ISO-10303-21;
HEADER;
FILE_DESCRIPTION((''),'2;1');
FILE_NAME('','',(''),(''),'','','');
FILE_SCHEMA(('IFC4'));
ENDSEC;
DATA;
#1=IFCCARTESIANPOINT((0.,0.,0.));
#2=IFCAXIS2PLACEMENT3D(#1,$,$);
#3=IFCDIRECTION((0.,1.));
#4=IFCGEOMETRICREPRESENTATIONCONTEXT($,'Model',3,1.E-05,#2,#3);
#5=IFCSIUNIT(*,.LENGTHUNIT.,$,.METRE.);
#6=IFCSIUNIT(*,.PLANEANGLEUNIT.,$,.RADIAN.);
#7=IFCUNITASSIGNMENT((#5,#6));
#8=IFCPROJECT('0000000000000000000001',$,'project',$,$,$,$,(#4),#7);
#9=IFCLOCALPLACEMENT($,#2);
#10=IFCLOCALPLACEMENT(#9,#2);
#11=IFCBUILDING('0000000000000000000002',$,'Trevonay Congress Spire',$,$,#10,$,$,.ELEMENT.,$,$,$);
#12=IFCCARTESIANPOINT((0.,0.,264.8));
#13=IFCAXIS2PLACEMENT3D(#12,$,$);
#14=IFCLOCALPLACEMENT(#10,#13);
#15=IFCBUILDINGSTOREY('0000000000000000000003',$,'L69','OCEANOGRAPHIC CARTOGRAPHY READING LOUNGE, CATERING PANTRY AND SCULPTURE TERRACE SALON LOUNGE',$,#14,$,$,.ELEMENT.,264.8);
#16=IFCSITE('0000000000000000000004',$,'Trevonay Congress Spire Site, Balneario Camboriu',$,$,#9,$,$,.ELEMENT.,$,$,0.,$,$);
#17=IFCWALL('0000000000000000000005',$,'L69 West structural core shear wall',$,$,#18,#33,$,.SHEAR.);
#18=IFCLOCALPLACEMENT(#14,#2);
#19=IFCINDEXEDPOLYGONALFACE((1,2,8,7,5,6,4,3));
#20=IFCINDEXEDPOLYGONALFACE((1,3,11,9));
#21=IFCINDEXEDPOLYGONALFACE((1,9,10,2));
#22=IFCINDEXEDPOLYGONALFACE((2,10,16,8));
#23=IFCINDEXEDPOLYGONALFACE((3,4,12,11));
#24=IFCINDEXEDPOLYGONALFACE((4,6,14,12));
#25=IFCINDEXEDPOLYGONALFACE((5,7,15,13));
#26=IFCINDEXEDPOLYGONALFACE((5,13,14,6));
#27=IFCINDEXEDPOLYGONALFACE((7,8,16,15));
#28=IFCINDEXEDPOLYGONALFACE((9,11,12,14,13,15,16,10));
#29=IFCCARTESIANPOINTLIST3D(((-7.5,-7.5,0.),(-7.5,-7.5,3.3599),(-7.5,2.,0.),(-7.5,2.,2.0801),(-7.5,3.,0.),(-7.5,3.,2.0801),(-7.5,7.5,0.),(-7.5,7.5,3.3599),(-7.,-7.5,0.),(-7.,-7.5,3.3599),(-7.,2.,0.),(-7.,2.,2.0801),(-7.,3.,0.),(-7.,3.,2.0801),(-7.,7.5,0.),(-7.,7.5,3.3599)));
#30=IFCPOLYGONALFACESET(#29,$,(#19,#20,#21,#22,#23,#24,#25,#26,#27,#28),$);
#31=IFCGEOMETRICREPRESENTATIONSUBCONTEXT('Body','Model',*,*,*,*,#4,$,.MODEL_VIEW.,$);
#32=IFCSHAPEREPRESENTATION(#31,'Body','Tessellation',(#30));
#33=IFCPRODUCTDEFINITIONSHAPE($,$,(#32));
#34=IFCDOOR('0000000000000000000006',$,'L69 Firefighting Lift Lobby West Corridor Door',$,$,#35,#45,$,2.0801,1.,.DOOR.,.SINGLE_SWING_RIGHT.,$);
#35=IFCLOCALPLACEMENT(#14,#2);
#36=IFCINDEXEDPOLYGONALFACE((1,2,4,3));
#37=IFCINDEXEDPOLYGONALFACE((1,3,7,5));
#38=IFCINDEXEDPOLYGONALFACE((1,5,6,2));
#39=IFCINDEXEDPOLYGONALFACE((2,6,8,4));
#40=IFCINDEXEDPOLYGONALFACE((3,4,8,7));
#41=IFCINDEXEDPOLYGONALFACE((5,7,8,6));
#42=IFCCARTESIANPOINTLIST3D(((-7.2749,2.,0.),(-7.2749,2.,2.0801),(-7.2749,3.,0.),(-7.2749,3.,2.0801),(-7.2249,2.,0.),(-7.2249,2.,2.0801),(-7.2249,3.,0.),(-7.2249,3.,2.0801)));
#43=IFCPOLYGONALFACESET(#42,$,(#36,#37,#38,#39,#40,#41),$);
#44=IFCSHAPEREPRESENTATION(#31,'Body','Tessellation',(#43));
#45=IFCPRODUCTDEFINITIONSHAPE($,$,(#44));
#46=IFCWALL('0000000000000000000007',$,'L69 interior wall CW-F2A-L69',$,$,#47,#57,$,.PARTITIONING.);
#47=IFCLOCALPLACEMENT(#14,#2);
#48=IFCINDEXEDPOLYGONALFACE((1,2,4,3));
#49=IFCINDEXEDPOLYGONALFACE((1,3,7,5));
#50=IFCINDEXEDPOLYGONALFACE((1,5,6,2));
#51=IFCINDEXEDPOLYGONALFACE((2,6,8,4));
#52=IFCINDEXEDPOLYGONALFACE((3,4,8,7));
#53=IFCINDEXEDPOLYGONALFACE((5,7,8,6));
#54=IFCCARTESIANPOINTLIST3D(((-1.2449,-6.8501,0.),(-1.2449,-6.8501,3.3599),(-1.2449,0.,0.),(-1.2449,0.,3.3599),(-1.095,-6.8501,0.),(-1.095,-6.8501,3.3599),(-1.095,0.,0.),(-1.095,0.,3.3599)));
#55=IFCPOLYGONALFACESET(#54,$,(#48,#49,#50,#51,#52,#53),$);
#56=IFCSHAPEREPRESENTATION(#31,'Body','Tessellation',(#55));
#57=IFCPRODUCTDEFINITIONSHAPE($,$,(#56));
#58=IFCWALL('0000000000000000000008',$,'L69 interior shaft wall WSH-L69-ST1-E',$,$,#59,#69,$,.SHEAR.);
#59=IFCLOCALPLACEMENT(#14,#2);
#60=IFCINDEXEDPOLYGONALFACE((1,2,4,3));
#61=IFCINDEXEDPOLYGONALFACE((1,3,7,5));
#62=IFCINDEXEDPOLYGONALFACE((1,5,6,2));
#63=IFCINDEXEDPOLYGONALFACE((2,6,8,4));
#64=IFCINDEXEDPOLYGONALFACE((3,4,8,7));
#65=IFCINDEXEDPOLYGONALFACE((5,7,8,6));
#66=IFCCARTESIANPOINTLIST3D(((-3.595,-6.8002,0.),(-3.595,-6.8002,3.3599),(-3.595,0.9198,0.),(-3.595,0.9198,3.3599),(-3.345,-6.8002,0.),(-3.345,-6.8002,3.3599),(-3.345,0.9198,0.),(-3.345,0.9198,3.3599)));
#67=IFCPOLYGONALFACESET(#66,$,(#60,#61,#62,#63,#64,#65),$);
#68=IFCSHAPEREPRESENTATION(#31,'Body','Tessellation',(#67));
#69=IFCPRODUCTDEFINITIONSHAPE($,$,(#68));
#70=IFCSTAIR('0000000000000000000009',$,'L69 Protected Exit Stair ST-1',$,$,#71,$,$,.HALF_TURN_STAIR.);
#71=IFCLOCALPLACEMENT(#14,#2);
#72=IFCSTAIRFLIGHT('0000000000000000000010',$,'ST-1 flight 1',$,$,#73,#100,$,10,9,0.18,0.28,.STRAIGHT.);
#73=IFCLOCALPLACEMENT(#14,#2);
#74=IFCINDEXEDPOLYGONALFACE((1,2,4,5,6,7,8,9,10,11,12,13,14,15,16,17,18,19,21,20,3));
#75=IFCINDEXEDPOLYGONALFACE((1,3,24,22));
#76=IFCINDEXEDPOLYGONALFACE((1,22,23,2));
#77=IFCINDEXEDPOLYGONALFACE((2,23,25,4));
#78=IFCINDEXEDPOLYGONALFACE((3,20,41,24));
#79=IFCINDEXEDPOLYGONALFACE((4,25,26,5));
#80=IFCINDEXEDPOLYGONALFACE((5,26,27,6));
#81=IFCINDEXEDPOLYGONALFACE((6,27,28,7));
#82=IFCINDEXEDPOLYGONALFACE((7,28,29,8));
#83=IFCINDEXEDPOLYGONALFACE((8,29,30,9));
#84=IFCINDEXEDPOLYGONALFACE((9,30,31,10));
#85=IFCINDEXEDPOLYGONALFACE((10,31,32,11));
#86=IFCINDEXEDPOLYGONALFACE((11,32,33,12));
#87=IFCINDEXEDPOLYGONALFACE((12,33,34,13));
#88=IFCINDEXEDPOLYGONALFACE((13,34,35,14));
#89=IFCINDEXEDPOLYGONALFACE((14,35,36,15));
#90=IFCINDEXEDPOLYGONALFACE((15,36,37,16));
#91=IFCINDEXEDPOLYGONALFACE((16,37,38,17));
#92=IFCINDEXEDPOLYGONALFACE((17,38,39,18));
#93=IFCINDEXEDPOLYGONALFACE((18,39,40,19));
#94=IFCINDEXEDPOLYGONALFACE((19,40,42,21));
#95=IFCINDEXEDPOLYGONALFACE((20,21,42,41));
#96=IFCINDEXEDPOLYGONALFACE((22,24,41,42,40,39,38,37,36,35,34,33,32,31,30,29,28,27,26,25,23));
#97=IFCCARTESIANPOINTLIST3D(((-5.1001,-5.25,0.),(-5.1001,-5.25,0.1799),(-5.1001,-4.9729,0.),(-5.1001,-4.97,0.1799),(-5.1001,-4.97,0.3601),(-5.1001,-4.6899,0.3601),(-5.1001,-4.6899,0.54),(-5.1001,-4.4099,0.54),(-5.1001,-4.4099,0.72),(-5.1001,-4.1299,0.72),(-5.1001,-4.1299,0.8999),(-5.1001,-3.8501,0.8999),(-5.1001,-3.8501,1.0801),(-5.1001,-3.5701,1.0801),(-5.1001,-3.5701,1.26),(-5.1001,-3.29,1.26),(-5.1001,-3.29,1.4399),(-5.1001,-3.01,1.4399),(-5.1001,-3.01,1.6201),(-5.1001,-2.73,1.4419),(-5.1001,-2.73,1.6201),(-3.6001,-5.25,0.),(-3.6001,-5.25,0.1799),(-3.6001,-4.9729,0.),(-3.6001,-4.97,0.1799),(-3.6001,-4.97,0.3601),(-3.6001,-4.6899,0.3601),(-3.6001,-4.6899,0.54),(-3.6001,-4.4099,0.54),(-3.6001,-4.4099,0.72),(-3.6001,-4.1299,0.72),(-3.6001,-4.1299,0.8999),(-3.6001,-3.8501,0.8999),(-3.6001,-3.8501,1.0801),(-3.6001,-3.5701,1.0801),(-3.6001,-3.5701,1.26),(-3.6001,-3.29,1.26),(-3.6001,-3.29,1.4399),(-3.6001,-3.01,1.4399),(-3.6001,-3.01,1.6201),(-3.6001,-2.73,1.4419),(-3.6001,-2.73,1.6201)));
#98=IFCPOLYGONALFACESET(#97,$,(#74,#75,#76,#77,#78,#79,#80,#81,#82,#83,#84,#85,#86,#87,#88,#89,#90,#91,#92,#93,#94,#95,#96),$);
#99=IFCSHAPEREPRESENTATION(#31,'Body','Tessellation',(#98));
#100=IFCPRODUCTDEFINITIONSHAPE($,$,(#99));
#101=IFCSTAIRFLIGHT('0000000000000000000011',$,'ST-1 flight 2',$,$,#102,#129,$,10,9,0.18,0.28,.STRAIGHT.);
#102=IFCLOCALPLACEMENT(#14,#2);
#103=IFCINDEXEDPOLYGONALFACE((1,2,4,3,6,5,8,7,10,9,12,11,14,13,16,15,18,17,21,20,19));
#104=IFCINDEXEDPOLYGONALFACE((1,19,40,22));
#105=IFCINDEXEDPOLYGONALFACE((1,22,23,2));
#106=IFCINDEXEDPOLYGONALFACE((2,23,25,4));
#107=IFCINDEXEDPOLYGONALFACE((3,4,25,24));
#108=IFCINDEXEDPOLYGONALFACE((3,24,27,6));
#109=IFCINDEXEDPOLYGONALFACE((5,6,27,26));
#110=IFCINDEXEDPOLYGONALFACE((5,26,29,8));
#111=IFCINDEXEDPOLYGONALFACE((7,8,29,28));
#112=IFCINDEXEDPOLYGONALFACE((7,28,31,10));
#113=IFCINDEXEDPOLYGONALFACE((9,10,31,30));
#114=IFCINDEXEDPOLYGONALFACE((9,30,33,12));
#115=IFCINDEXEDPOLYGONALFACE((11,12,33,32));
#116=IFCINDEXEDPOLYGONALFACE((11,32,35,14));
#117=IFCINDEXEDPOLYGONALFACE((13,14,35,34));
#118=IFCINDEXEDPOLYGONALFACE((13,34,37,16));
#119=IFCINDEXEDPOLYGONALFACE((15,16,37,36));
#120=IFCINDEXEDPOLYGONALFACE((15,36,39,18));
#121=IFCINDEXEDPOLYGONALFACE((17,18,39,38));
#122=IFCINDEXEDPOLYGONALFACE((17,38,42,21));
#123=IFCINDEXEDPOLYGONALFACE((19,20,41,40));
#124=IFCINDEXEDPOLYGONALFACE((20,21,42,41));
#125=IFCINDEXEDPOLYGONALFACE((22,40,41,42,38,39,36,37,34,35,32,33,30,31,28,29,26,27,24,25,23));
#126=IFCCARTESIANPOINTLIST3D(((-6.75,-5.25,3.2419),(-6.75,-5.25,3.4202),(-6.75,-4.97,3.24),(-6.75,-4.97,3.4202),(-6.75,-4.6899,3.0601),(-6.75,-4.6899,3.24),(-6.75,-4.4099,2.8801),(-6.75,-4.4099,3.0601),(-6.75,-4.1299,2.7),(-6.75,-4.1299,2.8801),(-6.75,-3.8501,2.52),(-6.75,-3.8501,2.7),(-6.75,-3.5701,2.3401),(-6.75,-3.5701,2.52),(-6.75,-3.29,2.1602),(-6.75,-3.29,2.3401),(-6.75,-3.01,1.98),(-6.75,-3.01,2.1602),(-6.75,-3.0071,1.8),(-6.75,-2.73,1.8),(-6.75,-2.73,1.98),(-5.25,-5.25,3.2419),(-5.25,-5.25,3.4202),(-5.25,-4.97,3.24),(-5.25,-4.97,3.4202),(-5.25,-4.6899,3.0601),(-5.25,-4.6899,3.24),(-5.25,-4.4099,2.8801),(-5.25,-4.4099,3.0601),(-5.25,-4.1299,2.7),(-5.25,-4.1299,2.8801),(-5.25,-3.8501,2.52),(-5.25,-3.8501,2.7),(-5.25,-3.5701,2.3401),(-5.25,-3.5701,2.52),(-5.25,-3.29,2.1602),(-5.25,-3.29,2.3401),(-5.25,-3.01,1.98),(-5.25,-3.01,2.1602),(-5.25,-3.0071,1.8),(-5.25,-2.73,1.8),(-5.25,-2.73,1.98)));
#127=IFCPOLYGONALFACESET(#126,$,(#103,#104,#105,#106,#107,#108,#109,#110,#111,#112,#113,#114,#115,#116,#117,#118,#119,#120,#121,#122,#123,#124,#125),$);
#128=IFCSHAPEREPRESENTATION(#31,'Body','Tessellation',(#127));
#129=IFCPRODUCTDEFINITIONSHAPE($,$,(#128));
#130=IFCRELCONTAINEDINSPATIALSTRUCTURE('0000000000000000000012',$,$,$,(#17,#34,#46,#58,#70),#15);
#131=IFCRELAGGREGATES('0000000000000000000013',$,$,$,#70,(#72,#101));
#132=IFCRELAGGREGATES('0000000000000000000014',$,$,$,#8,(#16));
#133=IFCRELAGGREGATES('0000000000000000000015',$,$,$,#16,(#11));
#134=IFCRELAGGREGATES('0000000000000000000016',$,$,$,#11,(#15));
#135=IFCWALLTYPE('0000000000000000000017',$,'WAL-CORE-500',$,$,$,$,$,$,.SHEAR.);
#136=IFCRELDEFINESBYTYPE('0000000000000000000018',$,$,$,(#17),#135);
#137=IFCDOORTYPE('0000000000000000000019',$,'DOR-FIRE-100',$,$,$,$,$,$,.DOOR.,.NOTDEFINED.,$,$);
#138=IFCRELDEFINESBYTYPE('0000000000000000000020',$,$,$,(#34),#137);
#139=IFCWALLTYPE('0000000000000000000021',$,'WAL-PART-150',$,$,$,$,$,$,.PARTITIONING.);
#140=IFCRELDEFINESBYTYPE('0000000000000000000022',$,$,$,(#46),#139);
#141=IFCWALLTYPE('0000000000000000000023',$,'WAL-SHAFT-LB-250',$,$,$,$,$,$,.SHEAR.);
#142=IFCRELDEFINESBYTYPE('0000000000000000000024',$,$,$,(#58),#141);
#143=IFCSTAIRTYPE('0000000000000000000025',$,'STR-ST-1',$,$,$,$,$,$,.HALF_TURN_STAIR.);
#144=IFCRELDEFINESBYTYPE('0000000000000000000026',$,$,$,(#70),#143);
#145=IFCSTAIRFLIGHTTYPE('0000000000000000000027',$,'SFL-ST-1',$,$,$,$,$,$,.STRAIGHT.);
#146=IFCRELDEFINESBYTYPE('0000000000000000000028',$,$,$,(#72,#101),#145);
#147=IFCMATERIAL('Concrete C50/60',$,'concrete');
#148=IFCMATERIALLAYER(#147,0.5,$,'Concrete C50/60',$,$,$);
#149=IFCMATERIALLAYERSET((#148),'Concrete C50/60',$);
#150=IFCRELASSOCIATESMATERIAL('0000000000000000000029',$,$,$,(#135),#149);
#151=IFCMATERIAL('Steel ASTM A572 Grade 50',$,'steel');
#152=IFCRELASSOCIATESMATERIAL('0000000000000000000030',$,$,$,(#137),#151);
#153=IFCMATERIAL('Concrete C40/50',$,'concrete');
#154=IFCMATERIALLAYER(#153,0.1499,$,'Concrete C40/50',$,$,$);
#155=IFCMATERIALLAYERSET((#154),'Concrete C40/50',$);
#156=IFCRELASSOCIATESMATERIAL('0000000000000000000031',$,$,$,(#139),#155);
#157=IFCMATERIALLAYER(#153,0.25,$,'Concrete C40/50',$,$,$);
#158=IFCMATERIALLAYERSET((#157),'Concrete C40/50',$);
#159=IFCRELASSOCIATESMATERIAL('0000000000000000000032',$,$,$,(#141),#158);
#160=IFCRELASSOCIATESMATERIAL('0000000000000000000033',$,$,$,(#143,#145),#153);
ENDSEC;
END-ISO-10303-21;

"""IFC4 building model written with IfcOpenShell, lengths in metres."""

from ifc_helpers import new_model, si_unit, direction, frame, frame_2d, origin, place, context, subcontext, project, spatial, polyline, rectangle, outline, extrude, material, layer, layer_set, type_object, element, fill, aggregate, save


model = new_model("IFC4")

# Units and contexts
model_context = context("Model", 3, precision=1e-05, world=origin(), true_north=direction((0.0, 1.0)))
body_context = subcontext(model_context, "Body", "Model", "MODEL_VIEW")
ifc_project = project(units=[si_unit("LENGTHUNIT", "METRE"), si_unit("PLANEANGLEUNIT", "RADIAN")], contexts=[model_context])

# Site, building, storey
site_placement = place(None, origin())
site = spatial("IfcSite", under=ifc_project, at=site_placement, Name="Trevonay Congress Spire Site, Balneario Camboriu", CompositionType="ELEMENT", RefElevation=0.0)
building_placement = place(site_placement, origin())
building = spatial("IfcBuilding", under=site, at=building_placement, Name="Trevonay Congress Spire", CompositionType="ELEMENT")
storey_placement = place(building_placement, frame((0.0, 0.0, 264.8)))
storey = spatial("IfcBuildingStorey", under=building, at=storey_placement, Name="L69", Description="OCEANOGRAPHIC CARTOGRAPHY READING LOUNGE, CATERING PANTRY AND SCULPTURE TERRACE SALON LOUNGE", CompositionType="ELEMENT", Elevation=264.8)

# Shared definitions
ifc_material_1 = material(Name="Steel ASTM A572 Grade 50", Category="steel")

# Shared definitions
ifc_material_2 = material(Name="Concrete C50/60", Category="concrete")
ifc_layer_1 = layer(ifc_material_2, 0.5, Name="Concrete C50/60")
ifc_layer_set_1 = layer_set([ifc_layer_1], Name="Concrete C50/60")
wall_type_1 = type_object("IfcWallType", Name="WAL-CORE-500", PredefinedType="SHEAR", material=ifc_layer_set_1)
door_type_1 = type_object("IfcDoorType", Name="DOR-FIRE-100", OperationType="NOTDEFINED", PredefinedType="DOOR", material=ifc_material_1)

# Wall, opening, door
wall_1_placement = place(storey_placement, frame((-7.25, -7.5, 0.0), z_axis=(0.0, 0.0, 1.0), x_axis=(0.0, 1.0, 0.0)))
wall_1 = element("IfcWall", 1, at=wall_1_placement, inside=storey, type_object=wall_type_1, Name="L69 West structural core shear wall", PredefinedType="SHEAR", context=body_context, shape_type="SweptSolid", body=[
    extrude(rectangle(XDim=15.0, YDim=0.5, at=frame_2d((7.5, 0.0))), origin(), (0.0, 0.0, 1.0), 3.3599),
])
opening_1_placement = place(wall_1_placement, frame((9.5, 0.0, 0.0)))
opening_1 = element("IfcOpeningElement", 2, at=opening_1_placement, cuts=wall_1, PredefinedType="OPENING", context=body_context, shape_type="SweptSolid", body=[
    extrude(rectangle(XDim=1.0, YDim=2.0801, at=frame_2d((0.5, 1.04))), frame((0.0, 0.26, 0.0), z_axis=(0.0, -1.0, 0.0), x_axis=(1.0, 0.0, 0.0)), (0.0, 0.0, 1.0), 0.52),
])
door_1_placement = place(opening_1_placement, origin())
door_1 = element("IfcDoor", 3, at=door_1_placement, inside=storey, type_object=door_type_1, Name="L69 Firefighting Lift Lobby West Corridor Door", OperationType="SINGLE_SWING_RIGHT", OverallHeight=2.0801, OverallWidth=1.0, PredefinedType="DOOR", context=body_context, shape_type="SweptSolid", body=[
    extrude(rectangle(XDim=1.0, YDim=2.0801, at=frame_2d((0.5, 1.04))), frame((0.0, 0.0249, 0.0), z_axis=(0.0, -1.0, 0.0), x_axis=(1.0, 0.0, 0.0)), (0.0, 0.0, 1.0), 0.05),
])
fill(opening_1, door_1)

# Walls
ifc_material_3 = material(Name="Concrete C40/50", Category="concrete")
ifc_layer_2 = layer(ifc_material_3, 0.1499, Name="Concrete C40/50")
ifc_layer_set_2 = layer_set([ifc_layer_2], Name="Concrete C40/50")
wall_type_2 = type_object("IfcWallType", Name="WAL-PART-150", PredefinedType="PARTITIONING", material=ifc_layer_set_2)
wall_2_placement = place(storey_placement, frame((-1.1699, -6.8501, 0.0), z_axis=(0.0, 0.0, 1.0), x_axis=(0.0, 1.0, 0.0)))
element("IfcWall", 4, at=wall_2_placement, inside=storey, type_object=wall_type_2, Name="L69 interior wall CW-F2A-L69", PredefinedType="PARTITIONING", context=body_context, shape_type="SweptSolid", body=[
    extrude(rectangle(XDim=6.8501, YDim=0.1499, at=frame_2d((3.425, 0.0))), origin(), (0.0, 0.0, 1.0), 3.3599),
])
ifc_layer_3 = layer(ifc_material_3, 0.25, Name="Concrete C40/50")
ifc_layer_set_3 = layer_set([ifc_layer_3], Name="Concrete C40/50")
wall_type_3 = type_object("IfcWallType", Name="WAL-SHAFT-LB-250", PredefinedType="SHEAR", material=ifc_layer_set_3)
wall_3_placement = place(storey_placement, frame((-3.47, -6.8, 0.0), z_axis=(0.0, 0.0, 1.0), x_axis=(0.0, 1.0, 0.0)))
element("IfcWall", 5, at=wall_3_placement, inside=storey, type_object=wall_type_3, Name="L69 interior shaft wall WSH-L69-ST1-E", PredefinedType="SHEAR", context=body_context, shape_type="SweptSolid", body=[
    extrude(rectangle(XDim=7.72, YDim=0.25, at=frame_2d((3.8599, 0.0))), origin(), (0.0, 0.0, 1.0), 3.3599),
])

# Stair, stair flights
stair_type = type_object("IfcStairType", Name="STR-ST-1", PredefinedType="HALF_TURN_STAIR", material=ifc_material_3)
stair_placement = place(storey_placement, origin())
stair = element("IfcStair", 6, at=stair_placement, inside=storey, type_object=stair_type, Name="L69 Protected Exit Stair ST-1", PredefinedType="HALF_TURN_STAIR")
stair_flight_type = type_object("IfcStairFlightType", Name="SFL-ST-1", PredefinedType="STRAIGHT", material=ifc_material_3)
stair_flight_1_placement = place(storey_placement, frame((-4.3501, -5.25, 0.0), z_axis=(0.0, 0.0, 1.0), x_axis=(0.0, 1.0, 0.0)))
stair_flight_1 = element("IfcStairFlight", 7, at=stair_flight_1_placement, type_object=stair_flight_type, Name="ST-1 flight 1", NumberOfRisers=10, NumberOfTreads=9, PredefinedType="STRAIGHT", RiserHeight=0.18, TreadLength=0.28, context=body_context, shape_type="SweptSolid", body=[
    extrude(outline(polyline([(0.0, 0.0), (0.0, 0.1799), (0.28, 0.1799), (0.28, 0.3601), (0.5601, 0.3601), (0.5601, 0.54), (0.8401, 0.54), (0.8401, 0.72), (1.1201, 0.72), (1.1201, 0.8999), (1.3999, 0.8999), (1.3999, 1.0801), (1.6799, 1.0801), (1.6799, 1.26), (1.96, 1.26), (1.96, 1.4399), (2.24, 1.4399), (2.24, 1.6201), (2.52, 1.6201), (2.52, 1.8), (2.52, 1.4419), (0.2771, 0.0), (0.0, 0.0)])), frame((0.0, 0.75, 0.0), z_axis=(0.0, -1.0, 0.0), x_axis=(1.0, 0.0, 0.0)), (0.0, 0.0, 1.0), 1.5),
])
stair_flight_2_placement = place(storey_placement, frame((-6.0, -2.73, 1.8), z_axis=(0.0, 0.0, 1.0), x_axis=(0.0, -1.0, 0.0)))
stair_flight_2 = element("IfcStairFlight", 8, at=stair_flight_2_placement, type_object=stair_flight_type, Name="ST-1 flight 2", NumberOfRisers=10, NumberOfTreads=9, PredefinedType="STRAIGHT", RiserHeight=0.18, TreadLength=0.28, context=body_context, shape_type="SweptSolid", body=[
    extrude(outline(polyline([(0.0, 0.0), (0.0, 0.1799), (0.28, 0.1799), (0.28, 0.3601), (0.5601, 0.3601), (0.5601, 0.54), (0.8401, 0.54), (0.8401, 0.72), (1.1201, 0.72), (1.1201, 0.8999), (1.3999, 0.8999), (1.3999, 1.0801), (1.6799, 1.0801), (1.6799, 1.26), (1.96, 1.26), (1.96, 1.4399), (2.24, 1.4399), (2.24, 1.6201), (2.52, 1.6201), (2.52, 1.8), (2.52, 1.4419), (0.2771, 0.0), (0.0, 0.0)])), frame((0.0, 0.75, 0.0), z_axis=(0.0, -1.0, 0.0), x_axis=(1.0, 0.0, 0.0)), (0.0, 0.0, 1.0), 1.5),
])
aggregate(stair, [stair_flight_1, stair_flight_2])

save(model, "model.ifc")
